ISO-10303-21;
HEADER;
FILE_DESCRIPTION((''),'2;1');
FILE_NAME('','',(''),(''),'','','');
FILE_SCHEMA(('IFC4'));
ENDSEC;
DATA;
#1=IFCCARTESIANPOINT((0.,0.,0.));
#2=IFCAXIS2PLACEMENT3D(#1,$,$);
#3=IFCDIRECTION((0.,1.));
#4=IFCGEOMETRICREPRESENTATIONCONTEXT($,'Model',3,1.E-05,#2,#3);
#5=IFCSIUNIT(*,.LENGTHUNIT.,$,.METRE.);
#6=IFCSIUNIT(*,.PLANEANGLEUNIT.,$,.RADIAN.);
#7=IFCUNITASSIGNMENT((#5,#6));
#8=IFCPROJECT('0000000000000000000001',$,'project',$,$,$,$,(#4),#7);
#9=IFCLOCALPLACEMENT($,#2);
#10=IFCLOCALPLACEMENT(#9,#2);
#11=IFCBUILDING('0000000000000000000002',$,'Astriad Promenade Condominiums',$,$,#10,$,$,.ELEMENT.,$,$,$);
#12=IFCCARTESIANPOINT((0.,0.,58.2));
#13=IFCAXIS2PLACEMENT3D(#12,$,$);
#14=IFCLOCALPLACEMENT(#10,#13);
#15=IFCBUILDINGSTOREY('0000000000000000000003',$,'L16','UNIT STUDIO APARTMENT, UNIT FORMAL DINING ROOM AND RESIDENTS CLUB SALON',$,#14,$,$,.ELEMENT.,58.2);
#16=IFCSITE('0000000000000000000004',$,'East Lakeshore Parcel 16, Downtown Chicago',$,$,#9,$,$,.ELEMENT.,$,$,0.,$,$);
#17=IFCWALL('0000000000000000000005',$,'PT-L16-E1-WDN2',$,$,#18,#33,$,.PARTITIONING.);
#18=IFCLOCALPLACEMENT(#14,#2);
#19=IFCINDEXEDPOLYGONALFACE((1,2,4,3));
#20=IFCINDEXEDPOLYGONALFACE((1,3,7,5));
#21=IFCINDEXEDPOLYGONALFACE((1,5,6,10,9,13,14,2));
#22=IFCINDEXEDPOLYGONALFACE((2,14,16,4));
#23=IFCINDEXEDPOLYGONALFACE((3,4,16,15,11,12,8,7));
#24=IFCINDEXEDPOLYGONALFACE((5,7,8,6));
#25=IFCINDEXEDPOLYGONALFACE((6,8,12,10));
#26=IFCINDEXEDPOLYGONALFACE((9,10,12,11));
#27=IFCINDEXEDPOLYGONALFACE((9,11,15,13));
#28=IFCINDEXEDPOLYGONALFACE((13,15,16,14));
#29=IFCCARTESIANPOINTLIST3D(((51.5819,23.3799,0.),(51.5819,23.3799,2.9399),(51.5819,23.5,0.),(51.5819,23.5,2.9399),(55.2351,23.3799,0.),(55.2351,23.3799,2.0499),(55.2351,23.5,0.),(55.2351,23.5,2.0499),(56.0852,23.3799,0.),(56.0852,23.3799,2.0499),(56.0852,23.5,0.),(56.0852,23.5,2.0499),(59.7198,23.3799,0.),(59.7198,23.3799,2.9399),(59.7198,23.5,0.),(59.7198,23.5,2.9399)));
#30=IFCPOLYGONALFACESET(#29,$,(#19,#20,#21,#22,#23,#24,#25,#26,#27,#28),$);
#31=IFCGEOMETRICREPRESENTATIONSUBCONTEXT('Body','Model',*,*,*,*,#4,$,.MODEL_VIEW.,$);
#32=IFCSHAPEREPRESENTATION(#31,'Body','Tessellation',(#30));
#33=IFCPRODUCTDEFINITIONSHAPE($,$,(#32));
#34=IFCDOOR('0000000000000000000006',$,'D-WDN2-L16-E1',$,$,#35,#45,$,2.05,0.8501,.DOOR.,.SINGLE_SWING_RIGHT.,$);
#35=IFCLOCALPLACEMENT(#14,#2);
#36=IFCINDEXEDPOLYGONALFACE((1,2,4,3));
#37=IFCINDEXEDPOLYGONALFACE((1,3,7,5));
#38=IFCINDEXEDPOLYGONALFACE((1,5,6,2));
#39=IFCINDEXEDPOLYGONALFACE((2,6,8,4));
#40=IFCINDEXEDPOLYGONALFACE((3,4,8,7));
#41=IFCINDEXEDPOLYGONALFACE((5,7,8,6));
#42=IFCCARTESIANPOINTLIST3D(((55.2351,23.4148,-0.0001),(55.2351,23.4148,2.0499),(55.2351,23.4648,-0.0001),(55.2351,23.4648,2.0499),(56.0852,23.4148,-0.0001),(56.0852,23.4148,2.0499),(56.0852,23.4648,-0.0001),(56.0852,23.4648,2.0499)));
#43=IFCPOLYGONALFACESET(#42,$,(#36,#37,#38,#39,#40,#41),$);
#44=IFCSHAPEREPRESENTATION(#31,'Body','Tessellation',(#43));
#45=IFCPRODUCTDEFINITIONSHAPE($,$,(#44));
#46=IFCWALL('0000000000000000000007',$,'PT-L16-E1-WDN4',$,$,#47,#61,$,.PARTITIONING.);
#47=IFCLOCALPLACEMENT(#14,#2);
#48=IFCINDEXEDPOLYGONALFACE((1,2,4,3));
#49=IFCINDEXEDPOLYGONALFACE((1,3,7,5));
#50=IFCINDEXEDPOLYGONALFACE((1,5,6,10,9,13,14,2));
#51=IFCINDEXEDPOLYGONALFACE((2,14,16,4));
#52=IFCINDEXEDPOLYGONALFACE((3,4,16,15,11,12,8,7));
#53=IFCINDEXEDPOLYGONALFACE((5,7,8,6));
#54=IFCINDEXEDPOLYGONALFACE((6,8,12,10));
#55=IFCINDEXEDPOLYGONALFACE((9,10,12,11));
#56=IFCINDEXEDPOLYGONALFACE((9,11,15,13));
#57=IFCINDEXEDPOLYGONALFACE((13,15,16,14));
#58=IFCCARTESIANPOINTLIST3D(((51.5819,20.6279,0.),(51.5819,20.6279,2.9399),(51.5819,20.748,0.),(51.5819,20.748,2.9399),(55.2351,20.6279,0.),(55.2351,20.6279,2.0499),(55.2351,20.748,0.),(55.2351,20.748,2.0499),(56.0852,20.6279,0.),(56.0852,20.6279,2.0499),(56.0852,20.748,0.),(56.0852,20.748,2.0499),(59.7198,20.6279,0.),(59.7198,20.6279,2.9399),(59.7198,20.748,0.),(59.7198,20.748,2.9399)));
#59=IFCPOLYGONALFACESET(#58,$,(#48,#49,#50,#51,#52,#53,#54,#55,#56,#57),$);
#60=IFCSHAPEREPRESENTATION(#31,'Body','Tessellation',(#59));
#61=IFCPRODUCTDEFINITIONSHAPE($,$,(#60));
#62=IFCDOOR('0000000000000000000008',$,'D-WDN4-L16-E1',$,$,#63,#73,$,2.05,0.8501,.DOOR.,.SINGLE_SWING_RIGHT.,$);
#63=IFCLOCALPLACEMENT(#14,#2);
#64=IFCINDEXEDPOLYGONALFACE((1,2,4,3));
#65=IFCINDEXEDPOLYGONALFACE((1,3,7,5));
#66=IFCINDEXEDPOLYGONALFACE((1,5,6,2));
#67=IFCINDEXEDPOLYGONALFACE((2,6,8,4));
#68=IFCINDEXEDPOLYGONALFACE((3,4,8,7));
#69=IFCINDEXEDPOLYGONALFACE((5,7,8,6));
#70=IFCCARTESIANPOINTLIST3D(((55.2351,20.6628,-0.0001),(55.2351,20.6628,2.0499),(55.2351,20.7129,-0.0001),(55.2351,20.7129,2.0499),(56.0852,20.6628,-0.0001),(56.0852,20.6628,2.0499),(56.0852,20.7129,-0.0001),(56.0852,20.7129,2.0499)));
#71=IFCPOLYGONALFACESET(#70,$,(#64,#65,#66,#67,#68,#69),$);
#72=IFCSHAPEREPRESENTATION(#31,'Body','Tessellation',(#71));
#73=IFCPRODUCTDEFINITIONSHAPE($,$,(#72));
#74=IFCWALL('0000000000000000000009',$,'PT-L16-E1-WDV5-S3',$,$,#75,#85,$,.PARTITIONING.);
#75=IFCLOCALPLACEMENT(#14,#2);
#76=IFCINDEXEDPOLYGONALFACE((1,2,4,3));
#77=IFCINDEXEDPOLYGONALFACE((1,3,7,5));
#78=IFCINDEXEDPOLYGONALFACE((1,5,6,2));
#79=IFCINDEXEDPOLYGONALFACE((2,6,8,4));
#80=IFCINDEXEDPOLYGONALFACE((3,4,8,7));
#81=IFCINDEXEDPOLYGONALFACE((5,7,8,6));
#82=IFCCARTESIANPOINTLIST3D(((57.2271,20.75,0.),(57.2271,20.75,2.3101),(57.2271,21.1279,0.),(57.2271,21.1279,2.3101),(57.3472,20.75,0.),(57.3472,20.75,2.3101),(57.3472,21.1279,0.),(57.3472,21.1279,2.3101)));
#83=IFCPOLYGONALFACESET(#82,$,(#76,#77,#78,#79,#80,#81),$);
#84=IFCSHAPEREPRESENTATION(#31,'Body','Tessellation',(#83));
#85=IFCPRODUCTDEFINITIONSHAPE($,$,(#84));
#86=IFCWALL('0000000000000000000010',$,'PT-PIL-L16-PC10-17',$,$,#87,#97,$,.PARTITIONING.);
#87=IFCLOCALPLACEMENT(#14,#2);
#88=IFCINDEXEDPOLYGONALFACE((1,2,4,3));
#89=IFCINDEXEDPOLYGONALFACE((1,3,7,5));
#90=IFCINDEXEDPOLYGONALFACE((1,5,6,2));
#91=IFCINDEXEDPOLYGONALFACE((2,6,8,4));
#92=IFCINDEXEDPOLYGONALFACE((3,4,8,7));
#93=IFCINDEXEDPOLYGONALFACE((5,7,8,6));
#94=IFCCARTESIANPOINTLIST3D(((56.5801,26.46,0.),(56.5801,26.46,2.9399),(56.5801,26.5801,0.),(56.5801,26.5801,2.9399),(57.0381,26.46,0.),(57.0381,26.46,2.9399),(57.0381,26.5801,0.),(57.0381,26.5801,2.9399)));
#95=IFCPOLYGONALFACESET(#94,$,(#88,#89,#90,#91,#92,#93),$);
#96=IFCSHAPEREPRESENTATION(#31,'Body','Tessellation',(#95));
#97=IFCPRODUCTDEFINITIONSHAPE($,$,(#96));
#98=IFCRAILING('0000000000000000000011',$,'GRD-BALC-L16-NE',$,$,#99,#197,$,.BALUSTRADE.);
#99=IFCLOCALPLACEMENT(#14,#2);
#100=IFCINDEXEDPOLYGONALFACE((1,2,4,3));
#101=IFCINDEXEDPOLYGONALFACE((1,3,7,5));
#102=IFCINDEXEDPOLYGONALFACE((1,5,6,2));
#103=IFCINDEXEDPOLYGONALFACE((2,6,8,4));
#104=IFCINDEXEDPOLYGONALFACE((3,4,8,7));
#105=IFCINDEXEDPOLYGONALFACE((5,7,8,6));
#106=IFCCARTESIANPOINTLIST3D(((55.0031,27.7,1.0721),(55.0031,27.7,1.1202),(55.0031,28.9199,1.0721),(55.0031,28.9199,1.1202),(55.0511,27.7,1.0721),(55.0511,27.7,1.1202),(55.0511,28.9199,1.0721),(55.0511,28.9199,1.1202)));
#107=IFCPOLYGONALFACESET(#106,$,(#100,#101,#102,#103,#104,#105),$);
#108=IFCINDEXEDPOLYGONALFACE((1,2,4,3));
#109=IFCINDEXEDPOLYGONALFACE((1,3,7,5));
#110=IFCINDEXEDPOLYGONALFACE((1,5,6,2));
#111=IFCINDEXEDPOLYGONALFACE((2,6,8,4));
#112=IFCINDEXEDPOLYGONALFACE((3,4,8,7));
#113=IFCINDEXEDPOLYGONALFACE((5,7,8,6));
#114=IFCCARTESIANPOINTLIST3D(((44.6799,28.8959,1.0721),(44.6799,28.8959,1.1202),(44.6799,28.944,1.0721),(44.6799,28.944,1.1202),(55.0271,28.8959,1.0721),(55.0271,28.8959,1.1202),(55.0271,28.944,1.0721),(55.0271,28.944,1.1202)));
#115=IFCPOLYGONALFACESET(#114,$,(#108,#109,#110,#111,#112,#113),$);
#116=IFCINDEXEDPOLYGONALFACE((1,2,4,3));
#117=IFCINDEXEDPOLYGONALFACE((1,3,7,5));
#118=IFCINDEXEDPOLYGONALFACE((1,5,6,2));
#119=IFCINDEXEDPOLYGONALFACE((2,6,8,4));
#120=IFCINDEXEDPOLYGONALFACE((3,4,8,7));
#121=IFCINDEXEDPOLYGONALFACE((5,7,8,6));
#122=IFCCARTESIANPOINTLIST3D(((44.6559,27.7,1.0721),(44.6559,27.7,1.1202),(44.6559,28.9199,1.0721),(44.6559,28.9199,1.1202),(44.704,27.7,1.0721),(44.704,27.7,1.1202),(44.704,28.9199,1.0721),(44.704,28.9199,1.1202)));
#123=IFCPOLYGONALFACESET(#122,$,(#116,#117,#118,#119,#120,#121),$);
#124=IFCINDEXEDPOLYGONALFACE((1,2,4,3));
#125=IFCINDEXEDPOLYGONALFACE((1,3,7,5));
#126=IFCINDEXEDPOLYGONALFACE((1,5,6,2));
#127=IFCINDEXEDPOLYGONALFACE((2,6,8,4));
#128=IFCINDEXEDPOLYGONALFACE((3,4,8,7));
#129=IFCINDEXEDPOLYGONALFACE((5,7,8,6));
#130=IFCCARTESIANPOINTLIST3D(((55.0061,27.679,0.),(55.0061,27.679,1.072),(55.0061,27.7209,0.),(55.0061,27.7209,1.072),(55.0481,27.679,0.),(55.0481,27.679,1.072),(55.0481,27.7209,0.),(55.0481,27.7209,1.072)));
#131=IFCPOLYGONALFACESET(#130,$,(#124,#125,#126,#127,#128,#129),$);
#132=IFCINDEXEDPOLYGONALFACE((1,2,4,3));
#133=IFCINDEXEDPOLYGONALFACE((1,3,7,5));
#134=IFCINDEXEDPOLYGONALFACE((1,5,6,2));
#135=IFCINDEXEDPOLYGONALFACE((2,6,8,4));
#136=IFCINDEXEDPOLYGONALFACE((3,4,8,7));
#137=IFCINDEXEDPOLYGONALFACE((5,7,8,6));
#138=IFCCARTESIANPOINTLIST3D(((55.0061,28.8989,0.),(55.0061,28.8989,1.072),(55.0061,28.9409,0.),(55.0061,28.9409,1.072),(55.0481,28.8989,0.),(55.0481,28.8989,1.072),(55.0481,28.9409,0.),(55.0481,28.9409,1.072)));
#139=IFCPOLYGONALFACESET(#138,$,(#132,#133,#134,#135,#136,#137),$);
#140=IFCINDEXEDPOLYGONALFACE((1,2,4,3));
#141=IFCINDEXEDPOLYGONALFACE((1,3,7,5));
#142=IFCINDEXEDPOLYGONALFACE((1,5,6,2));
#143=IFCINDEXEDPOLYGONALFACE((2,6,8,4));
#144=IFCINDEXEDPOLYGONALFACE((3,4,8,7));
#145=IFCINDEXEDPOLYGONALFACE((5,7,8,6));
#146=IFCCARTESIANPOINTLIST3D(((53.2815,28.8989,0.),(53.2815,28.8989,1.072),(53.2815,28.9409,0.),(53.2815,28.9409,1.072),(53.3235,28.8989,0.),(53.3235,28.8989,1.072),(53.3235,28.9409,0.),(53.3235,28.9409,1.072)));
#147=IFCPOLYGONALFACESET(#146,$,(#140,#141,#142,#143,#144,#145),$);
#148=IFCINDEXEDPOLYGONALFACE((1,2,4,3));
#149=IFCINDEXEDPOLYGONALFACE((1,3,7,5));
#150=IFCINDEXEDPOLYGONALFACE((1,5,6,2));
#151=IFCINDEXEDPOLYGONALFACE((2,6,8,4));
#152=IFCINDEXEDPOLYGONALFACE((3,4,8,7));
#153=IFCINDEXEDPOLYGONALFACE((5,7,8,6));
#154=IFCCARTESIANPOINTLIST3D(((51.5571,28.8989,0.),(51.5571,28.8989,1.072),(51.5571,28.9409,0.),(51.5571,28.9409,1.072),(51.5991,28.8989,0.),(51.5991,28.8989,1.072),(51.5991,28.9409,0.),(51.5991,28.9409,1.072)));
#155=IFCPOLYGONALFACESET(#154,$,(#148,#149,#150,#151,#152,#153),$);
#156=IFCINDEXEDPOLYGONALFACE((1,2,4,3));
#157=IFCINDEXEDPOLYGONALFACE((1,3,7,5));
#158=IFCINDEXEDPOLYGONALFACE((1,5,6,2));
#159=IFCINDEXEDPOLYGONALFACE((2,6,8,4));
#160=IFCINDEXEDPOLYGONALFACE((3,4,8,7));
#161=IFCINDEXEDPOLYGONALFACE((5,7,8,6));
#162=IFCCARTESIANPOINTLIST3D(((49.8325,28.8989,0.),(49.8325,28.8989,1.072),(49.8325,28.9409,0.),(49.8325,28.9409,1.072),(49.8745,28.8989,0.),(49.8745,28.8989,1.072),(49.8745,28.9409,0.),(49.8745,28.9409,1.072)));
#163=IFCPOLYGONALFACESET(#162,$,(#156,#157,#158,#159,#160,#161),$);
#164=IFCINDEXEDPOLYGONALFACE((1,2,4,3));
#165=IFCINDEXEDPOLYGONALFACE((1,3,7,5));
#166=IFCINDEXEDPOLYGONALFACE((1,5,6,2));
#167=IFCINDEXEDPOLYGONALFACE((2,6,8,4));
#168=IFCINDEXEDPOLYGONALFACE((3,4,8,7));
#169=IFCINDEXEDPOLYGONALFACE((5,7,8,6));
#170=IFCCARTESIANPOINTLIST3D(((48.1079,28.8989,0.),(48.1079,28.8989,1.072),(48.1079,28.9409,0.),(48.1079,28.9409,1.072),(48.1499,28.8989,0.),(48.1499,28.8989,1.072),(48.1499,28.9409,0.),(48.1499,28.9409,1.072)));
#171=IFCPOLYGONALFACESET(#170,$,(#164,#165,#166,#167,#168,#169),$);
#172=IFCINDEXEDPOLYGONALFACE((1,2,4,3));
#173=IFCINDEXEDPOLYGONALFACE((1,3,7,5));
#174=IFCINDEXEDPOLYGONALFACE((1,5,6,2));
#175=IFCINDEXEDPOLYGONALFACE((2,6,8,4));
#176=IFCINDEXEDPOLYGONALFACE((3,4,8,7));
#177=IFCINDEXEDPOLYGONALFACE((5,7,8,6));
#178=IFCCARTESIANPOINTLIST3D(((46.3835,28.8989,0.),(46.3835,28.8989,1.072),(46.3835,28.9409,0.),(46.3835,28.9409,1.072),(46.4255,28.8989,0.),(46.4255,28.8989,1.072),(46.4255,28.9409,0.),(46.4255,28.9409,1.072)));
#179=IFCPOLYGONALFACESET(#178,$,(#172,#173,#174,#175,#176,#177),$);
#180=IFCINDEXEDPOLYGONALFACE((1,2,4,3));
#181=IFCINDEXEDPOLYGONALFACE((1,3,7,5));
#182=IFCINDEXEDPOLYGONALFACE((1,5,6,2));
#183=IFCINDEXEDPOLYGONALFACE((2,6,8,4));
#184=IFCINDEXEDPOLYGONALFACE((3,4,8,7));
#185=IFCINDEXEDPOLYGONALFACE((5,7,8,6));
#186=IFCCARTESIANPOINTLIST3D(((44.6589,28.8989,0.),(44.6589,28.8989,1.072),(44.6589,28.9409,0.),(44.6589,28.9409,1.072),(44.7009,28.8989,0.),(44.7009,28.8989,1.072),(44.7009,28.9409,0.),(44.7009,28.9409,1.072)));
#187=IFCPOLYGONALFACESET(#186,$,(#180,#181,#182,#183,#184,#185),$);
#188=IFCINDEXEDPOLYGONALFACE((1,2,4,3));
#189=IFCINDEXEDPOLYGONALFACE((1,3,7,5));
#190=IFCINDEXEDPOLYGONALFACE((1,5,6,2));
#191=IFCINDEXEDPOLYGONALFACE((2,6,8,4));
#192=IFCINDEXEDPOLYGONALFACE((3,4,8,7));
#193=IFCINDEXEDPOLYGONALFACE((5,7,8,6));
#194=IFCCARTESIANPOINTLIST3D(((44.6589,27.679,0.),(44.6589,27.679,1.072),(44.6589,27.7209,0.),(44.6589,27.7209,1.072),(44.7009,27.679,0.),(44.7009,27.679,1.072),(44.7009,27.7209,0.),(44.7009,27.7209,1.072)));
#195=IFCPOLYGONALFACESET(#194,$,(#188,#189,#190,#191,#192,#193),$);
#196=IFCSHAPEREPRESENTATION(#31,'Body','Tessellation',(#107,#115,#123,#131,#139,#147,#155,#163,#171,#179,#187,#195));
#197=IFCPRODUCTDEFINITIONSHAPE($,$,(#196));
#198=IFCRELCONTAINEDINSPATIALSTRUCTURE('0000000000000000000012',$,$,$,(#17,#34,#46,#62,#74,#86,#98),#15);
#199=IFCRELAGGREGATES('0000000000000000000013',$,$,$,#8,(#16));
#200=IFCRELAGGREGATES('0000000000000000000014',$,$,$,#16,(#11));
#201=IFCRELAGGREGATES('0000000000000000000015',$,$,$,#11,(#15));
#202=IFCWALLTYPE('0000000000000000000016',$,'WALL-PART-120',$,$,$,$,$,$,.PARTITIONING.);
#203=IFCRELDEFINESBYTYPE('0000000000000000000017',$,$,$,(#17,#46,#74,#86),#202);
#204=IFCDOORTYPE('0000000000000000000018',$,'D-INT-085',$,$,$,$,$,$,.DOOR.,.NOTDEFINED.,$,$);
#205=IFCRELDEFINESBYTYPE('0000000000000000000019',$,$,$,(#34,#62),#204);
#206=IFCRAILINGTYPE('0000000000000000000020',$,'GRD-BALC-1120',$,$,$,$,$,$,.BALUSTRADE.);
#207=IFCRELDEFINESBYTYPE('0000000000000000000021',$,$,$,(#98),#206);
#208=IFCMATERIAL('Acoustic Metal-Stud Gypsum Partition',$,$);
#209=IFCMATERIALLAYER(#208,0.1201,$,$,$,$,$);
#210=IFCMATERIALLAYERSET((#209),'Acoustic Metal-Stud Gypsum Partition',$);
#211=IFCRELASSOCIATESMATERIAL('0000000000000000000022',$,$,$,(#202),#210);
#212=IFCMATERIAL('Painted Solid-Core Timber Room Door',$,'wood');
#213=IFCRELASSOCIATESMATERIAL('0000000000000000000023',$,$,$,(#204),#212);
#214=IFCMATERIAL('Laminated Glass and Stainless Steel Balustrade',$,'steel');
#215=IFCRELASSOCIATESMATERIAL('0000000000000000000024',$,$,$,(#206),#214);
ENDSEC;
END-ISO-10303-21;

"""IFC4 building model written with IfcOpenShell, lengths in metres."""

from ifc_helpers import new_model, si_unit, direction, frame, frame_2d, origin, origin_2d, place, context, subcontext, project, spatial, rectangle, extrude, source, transform, mapped, material, layer, layer_set, type_object, type_shapes, element, fill, save


model = new_model("IFC4")

# Units and contexts
model_context = context("Model", 3, precision=1e-05, world=origin(), true_north=direction((0.0, 1.0)))
body_context = subcontext(model_context, "Body", "Model", "MODEL_VIEW")
ifc_project = project(units=[si_unit("LENGTHUNIT", "METRE"), si_unit("PLANEANGLEUNIT", "RADIAN")], contexts=[model_context])

# Site, building, storey
site_placement = place(None, origin())
site = spatial("IfcSite", under=ifc_project, at=site_placement, Name="East Lakeshore Parcel 16, Downtown Chicago", CompositionType="ELEMENT", RefElevation=0.0)
building_placement = place(site_placement, origin())
building = spatial("IfcBuilding", under=site, at=building_placement, Name="Astriad Promenade Condominiums", CompositionType="ELEMENT")
storey_placement = place(building_placement, frame((0.0, 0.0, 58.2)))
storey = spatial("IfcBuildingStorey", under=building, at=storey_placement, Name="L16", Description="UNIT STUDIO APARTMENT, UNIT FORMAL DINING ROOM AND RESIDENTS CLUB SALON", CompositionType="ELEMENT", Elevation=58.2)

# Shared definitions
ifc_material_1 = material(Name="Acoustic Metal-Stud Gypsum Partition")
ifc_layer_1 = layer(ifc_material_1, 0.1201)
ifc_layer_set_1 = layer_set([ifc_layer_1], Name="Acoustic Metal-Stud Gypsum Partition")
wall_type_1 = type_object("IfcWallType", Name="WALL-PART-120", PredefinedType="PARTITIONING", material=ifc_layer_set_1)

# Walls, openings, doors
wall_1_placement = place(storey_placement, frame((51.582, 23.4399, 0.0), z_axis=(0.0, 0.0, 1.0), x_axis=(1.0, 0.0, 0.0)))
wall_1 = element("IfcWall", 1, at=wall_1_placement, inside=storey, type_object=wall_type_1, Name="PT-L16-E1-WDN2", PredefinedType="PARTITIONING", context=body_context, shape_type="SweptSolid", body=[
    extrude(rectangle(XDim=8.1379, YDim=0.1201, at=frame_2d((4.0688, 0.0))), origin(), (0.0, 0.0, 1.0), 2.9399),
])
opening_1_placement = place(wall_1_placement, frame((3.6531, 0.0, 0.0)))
opening_1 = element("IfcOpeningElement", 2, at=opening_1_placement, cuts=wall_1, PredefinedType="OPENING", context=body_context, shape_type="SweptSolid", body=[
    extrude(rectangle(XDim=0.8501, YDim=2.05, at=frame_2d((0.425, 1.0249))), frame((0.0, 0.0701, 0.0), z_axis=(0.0, -1.0, 0.0), x_axis=(1.0, 0.0, 0.0)), (0.0, 0.0, 1.0), 0.1401),
])
ifc_material_2 = material(Name="Painted Solid-Core Timber Room Door", Category="wood")
door_type = type_object("IfcDoorType", Name="D-INT-085", OperationType="NOTDEFINED", PredefinedType="DOOR", material=ifc_material_2)
shared_shape_1 = source(origin(), body_context, "Body", "SweptSolid", [
    extrude(rectangle(XDim=0.8501, YDim=2.05, at=frame_2d((0.425, 1.0249))), frame((0.0, 0.0249, 0.0), z_axis=(0.0, -1.0, 0.0), x_axis=(1.0, 0.0, 0.0)), (0.0, 0.0, 1.0), 0.05),
])
type_shapes(door_type, [shared_shape_1])
door_1_placement = place(opening_1_placement, origin())
door_1 = element("IfcDoor", 3, at=door_1_placement, inside=storey, type_object=door_type, Name="D-WDN2-L16-E1", OperationType="SINGLE_SWING_RIGHT", OverallHeight=2.05, OverallWidth=0.8501, PredefinedType="DOOR", context=body_context, shape_type="MappedRepresentation", body=[
    mapped(shared_shape_1, transform((0.0, 0.0, 0.0), scale=1.0)),
])
fill(opening_1, door_1)
wall_2_placement = place(storey_placement, frame((51.582, 20.688, 0.0), z_axis=(0.0, 0.0, 1.0), x_axis=(1.0, 0.0, 0.0)))
wall_2 = element("IfcWall", 4, at=wall_2_placement, inside=storey, type_object=wall_type_1, Name="PT-L16-E1-WDN4", PredefinedType="PARTITIONING", context=body_context, shape_type="SweptSolid", body=[
    extrude(rectangle(XDim=8.1379, YDim=0.1201, at=frame_2d((4.0688, 0.0))), origin(), (0.0, 0.0, 1.0), 2.9399),
])
opening_2_placement = place(wall_2_placement, frame((3.6531, 0.0, 0.0)))
opening_2 = element("IfcOpeningElement", 5, at=opening_2_placement, cuts=wall_2, PredefinedType="OPENING", context=body_context, shape_type="SweptSolid", body=[
    extrude(rectangle(XDim=0.8501, YDim=2.05, at=frame_2d((0.425, 1.0249))), frame((0.0, 0.0701, 0.0), z_axis=(0.0, -1.0, 0.0), x_axis=(1.0, 0.0, 0.0)), (0.0, 0.0, 1.0), 0.1401),
])
door_2_placement = place(opening_2_placement, origin())
door_2 = element("IfcDoor", 6, at=door_2_placement, inside=storey, type_object=door_type, Name="D-WDN4-L16-E1", OperationType="SINGLE_SWING_RIGHT", OverallHeight=2.05, OverallWidth=0.8501, PredefinedType="DOOR", context=body_context, shape_type="MappedRepresentation", body=[
    mapped(shared_shape_1, transform((0.0, 0.0, 0.0), scale=1.0)),
])
fill(opening_2, door_2)

# Walls
wall_3_placement = place(storey_placement, frame((57.2871, 20.75, 0.0), z_axis=(0.0, 0.0, 1.0), x_axis=(0.0, 1.0, 0.0)))
element("IfcWall", 7, at=wall_3_placement, inside=storey, type_object=wall_type_1, Name="PT-L16-E1-WDV5-S3", PredefinedType="PARTITIONING", context=body_context, shape_type="SweptSolid", body=[
    extrude(rectangle(XDim=0.3779, YDim=0.1201, at=frame_2d((0.189, 0.0))), origin(), (0.0, 0.0, 1.0), 2.3101),
])
wall_4_placement = place(storey_placement, frame((56.5801, 26.52, 0.0), z_axis=(0.0, 0.0, 1.0), x_axis=(1.0, 0.0, 0.0)))
element("IfcWall", 8, at=wall_4_placement, inside=storey, type_object=wall_type_1, Name="PT-PIL-L16-PC10-17", PredefinedType="PARTITIONING", context=body_context, shape_type="SweptSolid", body=[
    extrude(rectangle(XDim=0.458, YDim=0.1201, at=frame_2d((0.229, 0.0))), origin(), (0.0, 0.0, 1.0), 2.9399),
])

# Railing
ifc_material_3 = material(Name="Laminated Glass and Stainless Steel Balustrade", Category="steel")
railing_type = type_object("IfcRailingType", Name="GRD-BALC-1120", PredefinedType="BALUSTRADE", material=ifc_material_3)
shared_shape_2 = source(origin(), body_context, "Body", "SweptSolid", [
    extrude(rectangle(XDim=0.0481, YDim=0.0481, at=origin_2d()), frame((0.0, 0.0, 1.0962), z_axis=(0.0, 1.0, 0.0), x_axis=(-1.0, 0.0, 0.0)), (0.0, 0.0, 1.0), 1.22),
    extrude(rectangle(XDim=0.0481, YDim=0.0481, at=origin_2d()), frame((0.0, 1.22, 1.0962), z_axis=(-1.0, 0.0, 0.0), x_axis=(0.0, -1.0, 0.0)), (0.0, 0.0, 1.0), 10.3472),
    extrude(rectangle(XDim=0.0481, YDim=0.0481, at=origin_2d()), frame((-10.3472, 1.22, 1.0962), z_axis=(0.0, -1.0, 0.0), x_axis=(1.0, 0.0, 0.0)), (0.0, 0.0, 1.0), 1.22),
    extrude(rectangle(XDim=0.042, YDim=0.042, at=origin_2d()), origin(), (0.0, 0.0, 1.0), 1.072),
    extrude(rectangle(XDim=0.042, YDim=0.042, at=origin_2d()), frame((0.0, 1.22, 0.0)), (0.0, 0.0, 1.0), 1.072),
    extrude(rectangle(XDim=0.042, YDim=0.042, at=origin_2d()), frame((-1.7246, 1.22, 0.0)), (0.0, 0.0, 1.0), 1.072),
    extrude(rectangle(XDim=0.042, YDim=0.042, at=origin_2d()), frame((-3.449, 1.22, 0.0)), (0.0, 0.0, 1.0), 1.072),
    extrude(rectangle(XDim=0.042, YDim=0.042, at=origin_2d()), frame((-5.1736, 1.22, 0.0)), (0.0, 0.0, 1.0), 1.072),
    extrude(rectangle(XDim=0.042, YDim=0.042, at=origin_2d()), frame((-6.8982, 1.22, 0.0)), (0.0, 0.0, 1.0), 1.072),
    extrude(rectangle(XDim=0.042, YDim=0.042, at=origin_2d()), frame((-8.6226, 1.22, 0.0)), (0.0, 0.0, 1.0), 1.072),
    extrude(rectangle(XDim=0.042, YDim=0.042, at=origin_2d()), frame((-10.3472, 1.22, 0.0)), (0.0, 0.0, 1.0), 1.072),
    extrude(rectangle(XDim=0.042, YDim=0.042, at=origin_2d()), frame((-10.3472, 0.0, 0.0)), (0.0, 0.0, 1.0), 1.072),
])
type_shapes(railing_type, [shared_shape_2])
railing_placement = place(storey_placement, frame((55.0271, 27.7, 0.0)))
element("IfcRailing", 9, at=railing_placement, inside=storey, type_object=railing_type, Name="GRD-BALC-L16-NE", PredefinedType="BALUSTRADE", context=body_context, shape_type="MappedRepresentation", body=[
    mapped(shared_shape_2, transform((0.0, 0.0, 0.0), scale=1.0)),
])

save(model, "model.ifc")
